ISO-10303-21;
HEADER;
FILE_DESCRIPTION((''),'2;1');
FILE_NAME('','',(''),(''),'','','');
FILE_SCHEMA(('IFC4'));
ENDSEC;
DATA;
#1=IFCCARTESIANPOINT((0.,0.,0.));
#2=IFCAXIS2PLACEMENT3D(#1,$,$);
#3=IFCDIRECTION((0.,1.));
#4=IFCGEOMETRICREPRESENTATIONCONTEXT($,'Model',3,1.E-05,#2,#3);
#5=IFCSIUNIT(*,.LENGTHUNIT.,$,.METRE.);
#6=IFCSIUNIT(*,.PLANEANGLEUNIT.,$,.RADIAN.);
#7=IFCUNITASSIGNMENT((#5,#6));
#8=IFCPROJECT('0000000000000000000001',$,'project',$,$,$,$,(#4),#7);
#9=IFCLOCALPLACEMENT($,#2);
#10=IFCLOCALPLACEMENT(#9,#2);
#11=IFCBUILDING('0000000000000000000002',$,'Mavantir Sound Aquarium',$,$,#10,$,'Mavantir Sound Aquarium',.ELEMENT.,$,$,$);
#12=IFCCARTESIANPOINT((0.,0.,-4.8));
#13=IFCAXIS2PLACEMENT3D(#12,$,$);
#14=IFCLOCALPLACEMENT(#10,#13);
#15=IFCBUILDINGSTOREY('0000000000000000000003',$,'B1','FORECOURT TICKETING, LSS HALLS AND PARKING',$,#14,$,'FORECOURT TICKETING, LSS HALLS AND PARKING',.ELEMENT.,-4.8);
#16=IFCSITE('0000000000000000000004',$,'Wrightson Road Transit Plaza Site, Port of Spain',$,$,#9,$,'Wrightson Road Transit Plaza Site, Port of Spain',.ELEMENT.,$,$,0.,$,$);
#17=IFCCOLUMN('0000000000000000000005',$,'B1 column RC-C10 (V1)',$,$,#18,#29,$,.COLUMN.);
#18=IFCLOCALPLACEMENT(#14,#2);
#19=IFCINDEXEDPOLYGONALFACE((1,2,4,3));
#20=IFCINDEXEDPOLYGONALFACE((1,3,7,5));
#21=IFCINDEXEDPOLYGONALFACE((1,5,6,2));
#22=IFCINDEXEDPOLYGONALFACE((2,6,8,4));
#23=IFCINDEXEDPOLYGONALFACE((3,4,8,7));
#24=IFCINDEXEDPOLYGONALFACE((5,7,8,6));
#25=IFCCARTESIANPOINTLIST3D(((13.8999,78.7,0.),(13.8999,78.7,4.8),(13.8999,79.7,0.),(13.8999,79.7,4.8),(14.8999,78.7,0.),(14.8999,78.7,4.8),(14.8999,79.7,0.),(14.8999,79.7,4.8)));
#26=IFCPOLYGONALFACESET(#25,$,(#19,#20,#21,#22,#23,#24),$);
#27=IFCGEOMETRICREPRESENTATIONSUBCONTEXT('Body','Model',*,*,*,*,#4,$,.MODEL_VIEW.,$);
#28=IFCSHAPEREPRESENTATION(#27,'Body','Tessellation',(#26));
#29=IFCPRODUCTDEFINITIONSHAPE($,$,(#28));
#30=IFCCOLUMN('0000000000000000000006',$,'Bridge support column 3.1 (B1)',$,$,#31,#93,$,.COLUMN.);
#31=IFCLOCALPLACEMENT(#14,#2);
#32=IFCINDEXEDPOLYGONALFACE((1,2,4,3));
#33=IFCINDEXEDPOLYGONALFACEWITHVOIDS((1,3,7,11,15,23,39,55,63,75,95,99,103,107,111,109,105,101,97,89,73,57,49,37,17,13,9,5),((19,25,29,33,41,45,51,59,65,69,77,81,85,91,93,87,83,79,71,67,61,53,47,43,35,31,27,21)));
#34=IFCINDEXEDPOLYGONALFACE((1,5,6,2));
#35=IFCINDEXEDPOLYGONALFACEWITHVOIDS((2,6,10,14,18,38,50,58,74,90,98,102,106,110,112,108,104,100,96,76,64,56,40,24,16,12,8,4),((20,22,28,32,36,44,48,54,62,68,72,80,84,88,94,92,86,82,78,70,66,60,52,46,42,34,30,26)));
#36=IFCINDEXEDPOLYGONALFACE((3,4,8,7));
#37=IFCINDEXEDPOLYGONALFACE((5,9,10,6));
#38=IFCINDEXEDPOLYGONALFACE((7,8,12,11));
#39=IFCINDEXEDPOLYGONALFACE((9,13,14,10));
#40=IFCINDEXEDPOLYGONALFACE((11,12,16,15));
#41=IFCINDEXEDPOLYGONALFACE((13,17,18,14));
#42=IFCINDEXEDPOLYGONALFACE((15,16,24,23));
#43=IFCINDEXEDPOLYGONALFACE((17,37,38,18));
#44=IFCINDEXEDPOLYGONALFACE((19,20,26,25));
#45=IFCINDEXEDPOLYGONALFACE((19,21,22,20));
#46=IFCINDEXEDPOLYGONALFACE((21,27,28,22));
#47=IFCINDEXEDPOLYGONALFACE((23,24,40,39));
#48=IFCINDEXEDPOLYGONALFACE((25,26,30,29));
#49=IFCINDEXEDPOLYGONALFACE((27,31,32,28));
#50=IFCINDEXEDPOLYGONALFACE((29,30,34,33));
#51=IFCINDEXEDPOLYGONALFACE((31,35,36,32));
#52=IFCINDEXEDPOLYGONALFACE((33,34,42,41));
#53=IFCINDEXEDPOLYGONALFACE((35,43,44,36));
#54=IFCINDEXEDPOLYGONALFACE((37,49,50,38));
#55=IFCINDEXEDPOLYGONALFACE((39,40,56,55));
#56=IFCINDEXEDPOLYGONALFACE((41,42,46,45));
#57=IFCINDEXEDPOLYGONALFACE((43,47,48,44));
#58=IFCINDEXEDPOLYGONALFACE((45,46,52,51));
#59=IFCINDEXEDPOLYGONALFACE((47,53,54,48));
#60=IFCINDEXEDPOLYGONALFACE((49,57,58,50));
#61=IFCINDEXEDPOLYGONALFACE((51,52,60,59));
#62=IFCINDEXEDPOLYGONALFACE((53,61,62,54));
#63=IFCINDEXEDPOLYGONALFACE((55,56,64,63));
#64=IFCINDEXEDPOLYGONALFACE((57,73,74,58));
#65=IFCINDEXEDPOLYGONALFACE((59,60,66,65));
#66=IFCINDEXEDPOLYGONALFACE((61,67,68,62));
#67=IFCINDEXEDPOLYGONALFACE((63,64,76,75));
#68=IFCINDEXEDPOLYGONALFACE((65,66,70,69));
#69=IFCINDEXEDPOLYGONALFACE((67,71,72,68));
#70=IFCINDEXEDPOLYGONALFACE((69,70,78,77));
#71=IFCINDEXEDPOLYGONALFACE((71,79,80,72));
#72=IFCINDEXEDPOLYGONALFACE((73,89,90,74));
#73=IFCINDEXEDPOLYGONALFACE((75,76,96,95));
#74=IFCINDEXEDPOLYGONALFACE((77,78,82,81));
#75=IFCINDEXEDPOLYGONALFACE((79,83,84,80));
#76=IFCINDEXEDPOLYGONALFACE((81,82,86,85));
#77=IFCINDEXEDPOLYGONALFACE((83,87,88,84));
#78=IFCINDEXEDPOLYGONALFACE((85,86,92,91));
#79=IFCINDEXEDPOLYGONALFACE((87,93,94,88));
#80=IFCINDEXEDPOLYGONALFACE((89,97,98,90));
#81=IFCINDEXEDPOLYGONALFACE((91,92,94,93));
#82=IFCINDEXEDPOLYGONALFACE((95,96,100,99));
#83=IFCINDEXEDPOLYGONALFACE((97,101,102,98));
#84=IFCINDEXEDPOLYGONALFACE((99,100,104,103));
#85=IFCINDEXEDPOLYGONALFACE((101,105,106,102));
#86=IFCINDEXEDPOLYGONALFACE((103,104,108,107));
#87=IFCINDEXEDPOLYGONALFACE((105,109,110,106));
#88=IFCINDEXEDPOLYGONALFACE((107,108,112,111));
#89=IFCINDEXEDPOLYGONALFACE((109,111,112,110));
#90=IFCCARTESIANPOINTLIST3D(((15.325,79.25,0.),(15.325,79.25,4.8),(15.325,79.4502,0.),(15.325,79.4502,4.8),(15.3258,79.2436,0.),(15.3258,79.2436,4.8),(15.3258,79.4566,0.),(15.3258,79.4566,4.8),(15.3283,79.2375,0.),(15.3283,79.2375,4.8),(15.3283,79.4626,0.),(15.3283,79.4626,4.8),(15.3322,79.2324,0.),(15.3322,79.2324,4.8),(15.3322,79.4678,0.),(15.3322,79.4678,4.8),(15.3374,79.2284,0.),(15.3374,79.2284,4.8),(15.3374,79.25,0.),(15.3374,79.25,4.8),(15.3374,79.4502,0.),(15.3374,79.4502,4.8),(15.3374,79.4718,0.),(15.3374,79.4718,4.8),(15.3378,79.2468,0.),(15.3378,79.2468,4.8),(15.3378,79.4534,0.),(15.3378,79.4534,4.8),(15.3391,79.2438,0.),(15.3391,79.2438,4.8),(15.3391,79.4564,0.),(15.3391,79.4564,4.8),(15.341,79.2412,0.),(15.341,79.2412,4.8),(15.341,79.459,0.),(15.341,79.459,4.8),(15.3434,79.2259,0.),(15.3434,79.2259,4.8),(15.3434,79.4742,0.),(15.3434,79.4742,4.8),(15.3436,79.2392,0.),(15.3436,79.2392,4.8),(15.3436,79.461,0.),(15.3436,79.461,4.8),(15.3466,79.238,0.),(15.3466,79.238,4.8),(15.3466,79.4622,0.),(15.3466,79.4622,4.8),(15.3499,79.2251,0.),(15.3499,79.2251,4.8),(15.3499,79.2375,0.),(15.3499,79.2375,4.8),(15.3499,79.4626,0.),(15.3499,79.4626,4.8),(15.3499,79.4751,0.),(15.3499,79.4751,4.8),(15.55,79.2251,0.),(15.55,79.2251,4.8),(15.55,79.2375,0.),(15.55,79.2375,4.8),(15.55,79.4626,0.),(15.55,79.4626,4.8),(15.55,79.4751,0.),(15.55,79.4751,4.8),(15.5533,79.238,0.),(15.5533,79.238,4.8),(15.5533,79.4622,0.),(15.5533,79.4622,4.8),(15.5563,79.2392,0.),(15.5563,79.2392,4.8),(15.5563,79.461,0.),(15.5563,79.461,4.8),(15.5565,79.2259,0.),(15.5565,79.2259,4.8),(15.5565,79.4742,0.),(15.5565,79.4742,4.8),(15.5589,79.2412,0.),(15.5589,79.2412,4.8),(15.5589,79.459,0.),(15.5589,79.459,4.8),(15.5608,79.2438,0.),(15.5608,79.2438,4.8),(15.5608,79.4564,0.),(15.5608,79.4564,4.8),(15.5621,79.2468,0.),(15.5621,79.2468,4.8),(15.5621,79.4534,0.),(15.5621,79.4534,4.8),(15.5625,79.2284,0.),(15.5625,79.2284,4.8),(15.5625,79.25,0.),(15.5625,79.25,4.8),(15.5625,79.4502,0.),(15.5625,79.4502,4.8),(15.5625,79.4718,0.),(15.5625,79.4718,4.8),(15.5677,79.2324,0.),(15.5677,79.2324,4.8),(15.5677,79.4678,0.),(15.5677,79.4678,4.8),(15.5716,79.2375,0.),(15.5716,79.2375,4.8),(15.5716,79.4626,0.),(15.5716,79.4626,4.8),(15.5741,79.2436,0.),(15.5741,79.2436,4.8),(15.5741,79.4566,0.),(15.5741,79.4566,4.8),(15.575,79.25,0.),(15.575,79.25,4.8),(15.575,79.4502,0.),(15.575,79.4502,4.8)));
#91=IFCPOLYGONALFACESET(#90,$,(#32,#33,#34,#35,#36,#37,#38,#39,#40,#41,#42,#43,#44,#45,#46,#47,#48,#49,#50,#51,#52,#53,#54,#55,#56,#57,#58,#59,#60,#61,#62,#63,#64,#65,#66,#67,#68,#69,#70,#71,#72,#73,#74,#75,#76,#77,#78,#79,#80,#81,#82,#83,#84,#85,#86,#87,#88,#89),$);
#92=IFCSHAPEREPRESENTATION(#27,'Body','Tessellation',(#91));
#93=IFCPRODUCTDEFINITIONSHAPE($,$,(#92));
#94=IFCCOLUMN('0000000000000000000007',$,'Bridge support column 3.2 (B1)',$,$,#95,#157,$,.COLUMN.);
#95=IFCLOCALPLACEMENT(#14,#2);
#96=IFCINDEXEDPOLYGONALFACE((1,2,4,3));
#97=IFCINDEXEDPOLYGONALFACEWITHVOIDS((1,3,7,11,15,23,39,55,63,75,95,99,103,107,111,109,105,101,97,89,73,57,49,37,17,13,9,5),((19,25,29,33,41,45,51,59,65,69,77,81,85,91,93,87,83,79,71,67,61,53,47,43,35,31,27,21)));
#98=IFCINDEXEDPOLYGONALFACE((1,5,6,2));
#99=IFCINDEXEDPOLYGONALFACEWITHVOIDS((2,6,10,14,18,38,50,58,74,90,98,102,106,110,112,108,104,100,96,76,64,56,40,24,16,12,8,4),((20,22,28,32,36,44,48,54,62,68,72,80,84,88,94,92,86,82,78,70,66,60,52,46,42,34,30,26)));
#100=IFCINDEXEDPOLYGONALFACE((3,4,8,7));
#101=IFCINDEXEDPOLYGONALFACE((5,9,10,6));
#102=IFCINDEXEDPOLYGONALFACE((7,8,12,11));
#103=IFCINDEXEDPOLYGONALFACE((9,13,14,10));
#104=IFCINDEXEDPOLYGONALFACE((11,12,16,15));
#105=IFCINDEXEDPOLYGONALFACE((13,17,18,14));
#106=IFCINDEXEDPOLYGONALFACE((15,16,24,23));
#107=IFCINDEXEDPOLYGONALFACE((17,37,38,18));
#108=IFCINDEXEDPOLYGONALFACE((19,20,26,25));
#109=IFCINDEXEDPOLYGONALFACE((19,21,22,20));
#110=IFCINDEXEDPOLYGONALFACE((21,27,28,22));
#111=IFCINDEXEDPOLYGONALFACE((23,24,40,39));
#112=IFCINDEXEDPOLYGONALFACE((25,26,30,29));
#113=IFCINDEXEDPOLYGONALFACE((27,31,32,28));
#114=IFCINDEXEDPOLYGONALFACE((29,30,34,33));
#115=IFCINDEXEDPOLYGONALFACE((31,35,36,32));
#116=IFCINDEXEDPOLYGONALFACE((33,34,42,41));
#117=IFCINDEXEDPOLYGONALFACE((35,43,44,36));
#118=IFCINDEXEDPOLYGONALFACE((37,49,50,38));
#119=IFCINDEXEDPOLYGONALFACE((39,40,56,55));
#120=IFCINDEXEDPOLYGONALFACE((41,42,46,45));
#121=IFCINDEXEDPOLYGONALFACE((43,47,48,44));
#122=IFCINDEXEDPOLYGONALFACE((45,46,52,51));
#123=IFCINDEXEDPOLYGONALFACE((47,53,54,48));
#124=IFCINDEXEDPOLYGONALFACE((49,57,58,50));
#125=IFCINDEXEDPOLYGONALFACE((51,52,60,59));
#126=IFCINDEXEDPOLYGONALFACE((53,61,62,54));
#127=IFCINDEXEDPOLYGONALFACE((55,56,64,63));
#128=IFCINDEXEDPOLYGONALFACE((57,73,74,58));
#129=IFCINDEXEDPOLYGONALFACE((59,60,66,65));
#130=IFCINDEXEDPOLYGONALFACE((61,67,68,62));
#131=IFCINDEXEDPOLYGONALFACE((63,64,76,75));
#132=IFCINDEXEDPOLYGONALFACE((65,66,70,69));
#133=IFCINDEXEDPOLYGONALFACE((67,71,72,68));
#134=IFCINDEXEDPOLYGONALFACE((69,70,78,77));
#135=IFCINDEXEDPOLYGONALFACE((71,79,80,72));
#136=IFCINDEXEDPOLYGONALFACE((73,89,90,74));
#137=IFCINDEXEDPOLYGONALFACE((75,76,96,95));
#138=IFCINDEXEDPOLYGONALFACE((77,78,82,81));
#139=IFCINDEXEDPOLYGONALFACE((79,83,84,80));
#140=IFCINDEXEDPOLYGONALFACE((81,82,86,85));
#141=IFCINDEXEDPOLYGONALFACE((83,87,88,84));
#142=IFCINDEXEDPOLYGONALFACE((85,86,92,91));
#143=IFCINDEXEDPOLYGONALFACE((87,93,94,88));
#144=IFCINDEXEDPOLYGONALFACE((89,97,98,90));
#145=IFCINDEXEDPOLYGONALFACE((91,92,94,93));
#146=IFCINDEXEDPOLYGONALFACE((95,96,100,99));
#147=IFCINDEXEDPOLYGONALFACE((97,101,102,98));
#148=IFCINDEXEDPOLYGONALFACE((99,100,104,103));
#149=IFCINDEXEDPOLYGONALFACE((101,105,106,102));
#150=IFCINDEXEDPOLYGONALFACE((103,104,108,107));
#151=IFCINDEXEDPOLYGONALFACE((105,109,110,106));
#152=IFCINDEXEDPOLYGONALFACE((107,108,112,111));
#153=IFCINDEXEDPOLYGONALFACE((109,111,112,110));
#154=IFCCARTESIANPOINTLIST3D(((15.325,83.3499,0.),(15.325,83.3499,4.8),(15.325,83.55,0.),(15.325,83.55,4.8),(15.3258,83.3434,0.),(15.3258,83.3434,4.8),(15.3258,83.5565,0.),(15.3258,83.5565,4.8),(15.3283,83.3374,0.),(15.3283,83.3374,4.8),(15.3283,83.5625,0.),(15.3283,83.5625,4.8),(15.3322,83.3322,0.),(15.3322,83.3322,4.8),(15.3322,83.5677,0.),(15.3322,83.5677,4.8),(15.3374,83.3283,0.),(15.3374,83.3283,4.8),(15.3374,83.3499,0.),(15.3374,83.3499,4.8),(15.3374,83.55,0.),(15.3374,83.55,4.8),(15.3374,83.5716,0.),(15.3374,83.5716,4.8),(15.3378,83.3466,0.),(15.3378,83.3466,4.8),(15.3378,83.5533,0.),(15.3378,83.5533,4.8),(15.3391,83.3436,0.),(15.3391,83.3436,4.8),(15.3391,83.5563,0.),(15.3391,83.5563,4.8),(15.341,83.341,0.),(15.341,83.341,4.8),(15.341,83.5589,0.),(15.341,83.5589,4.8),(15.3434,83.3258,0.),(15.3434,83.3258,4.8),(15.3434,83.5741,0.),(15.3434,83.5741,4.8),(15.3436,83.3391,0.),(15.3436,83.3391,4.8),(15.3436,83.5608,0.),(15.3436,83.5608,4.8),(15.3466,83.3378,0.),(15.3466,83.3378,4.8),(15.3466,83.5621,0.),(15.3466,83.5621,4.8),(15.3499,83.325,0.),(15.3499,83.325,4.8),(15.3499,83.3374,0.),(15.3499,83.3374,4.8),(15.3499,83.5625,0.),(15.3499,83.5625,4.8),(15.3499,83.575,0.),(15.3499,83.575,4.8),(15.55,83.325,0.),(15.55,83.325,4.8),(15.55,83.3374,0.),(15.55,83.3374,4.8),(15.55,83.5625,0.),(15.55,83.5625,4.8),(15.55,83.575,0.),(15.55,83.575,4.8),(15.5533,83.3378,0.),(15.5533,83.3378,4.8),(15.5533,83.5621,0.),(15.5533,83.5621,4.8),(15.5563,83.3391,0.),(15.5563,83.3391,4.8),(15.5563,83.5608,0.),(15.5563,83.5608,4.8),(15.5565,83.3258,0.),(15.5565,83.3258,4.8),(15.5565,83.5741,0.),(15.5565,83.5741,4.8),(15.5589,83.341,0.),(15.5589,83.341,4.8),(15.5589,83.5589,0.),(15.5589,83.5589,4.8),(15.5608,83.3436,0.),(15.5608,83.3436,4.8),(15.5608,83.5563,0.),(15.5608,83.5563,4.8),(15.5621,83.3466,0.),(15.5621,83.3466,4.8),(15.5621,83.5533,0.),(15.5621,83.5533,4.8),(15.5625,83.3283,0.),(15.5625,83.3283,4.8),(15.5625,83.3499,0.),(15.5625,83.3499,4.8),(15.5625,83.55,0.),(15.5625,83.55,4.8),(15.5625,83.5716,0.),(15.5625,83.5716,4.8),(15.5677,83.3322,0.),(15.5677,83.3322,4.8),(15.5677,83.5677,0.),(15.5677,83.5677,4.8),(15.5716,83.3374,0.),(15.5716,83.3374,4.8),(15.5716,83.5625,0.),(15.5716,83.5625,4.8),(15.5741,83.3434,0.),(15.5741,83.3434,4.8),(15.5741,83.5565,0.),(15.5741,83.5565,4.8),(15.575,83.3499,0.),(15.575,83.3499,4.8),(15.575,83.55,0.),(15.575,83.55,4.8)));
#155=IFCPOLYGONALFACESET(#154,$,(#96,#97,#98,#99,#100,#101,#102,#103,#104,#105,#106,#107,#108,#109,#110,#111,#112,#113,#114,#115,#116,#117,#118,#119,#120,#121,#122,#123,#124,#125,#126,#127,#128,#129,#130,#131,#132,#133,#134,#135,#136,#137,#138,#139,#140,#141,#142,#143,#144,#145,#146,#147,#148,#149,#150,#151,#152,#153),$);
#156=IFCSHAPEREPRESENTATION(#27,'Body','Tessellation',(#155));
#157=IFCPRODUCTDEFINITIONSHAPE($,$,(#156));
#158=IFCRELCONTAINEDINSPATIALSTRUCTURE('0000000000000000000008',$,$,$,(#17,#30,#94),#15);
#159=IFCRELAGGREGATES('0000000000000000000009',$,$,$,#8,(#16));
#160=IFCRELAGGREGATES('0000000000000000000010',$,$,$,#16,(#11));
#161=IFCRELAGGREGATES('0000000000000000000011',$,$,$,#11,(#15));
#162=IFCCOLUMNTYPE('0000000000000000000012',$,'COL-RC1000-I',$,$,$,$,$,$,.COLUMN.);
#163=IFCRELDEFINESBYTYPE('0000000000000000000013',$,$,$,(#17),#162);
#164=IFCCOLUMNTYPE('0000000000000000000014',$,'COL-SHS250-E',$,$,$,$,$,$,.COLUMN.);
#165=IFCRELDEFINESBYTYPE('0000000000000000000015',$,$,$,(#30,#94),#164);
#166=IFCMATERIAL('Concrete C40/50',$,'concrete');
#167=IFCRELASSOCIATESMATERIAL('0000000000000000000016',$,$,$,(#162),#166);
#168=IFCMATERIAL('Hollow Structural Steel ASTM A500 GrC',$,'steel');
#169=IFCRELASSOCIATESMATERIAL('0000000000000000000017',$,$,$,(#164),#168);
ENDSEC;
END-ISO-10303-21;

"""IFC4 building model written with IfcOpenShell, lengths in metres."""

from ifc_helpers import new_model, si_unit, direction, frame, origin, origin_2d, place, context, subcontext, project, spatial, rectangle, hollow_rectangle, extrude, material, material_profile, profile_set, type_object, element, save


model = new_model("IFC4")

# Units and contexts
model_context = context("Model", 3, precision=1e-05, world=origin(), true_north=direction((0.0, 1.0)))
body_context = subcontext(model_context, "Body", "Model", "MODEL_VIEW")
ifc_project = project(units=[si_unit("LENGTHUNIT", "METRE"), si_unit("PLANEANGLEUNIT", "RADIAN")], contexts=[model_context])

# Site, building, storey
site_placement = place(None, origin())
site = spatial("IfcSite", under=ifc_project, at=site_placement, Name="Wrightson Road Transit Plaza Site, Port of Spain", LongName="Wrightson Road Transit Plaza Site, Port of Spain", CompositionType="ELEMENT", RefElevation=0.0)
building_placement = place(site_placement, origin())
building = spatial("IfcBuilding", under=site, at=building_placement, Name="Mavantir Sound Aquarium", LongName="Mavantir Sound Aquarium", CompositionType="ELEMENT")
storey_placement = place(building_placement, frame((0.0, 0.0, -4.8)))
storey = spatial("IfcBuildingStorey", under=building, at=storey_placement, Name="B1", Description="FORECOURT TICKETING, LSS HALLS AND PARKING", LongName="FORECOURT TICKETING, LSS HALLS AND PARKING", CompositionType="ELEMENT", Elevation=-4.8)

# Columns
ifc_material_1 = material(Name="Concrete C40/50", Category="concrete")
ifc_material_profile_1 = material_profile(ifc_material_1, rectangle(XDim=1.0, YDim=1.0, at=origin_2d()), Name="RC 1000X1000")
ifc_profile_set_1 = profile_set([ifc_material_profile_1], Name="Concrete C40/50")
column_type_1 = type_object("IfcColumnType", Name="COL-RC1000-I", PredefinedType="COLUMN", material=ifc_profile_set_1)
column_placement = place(storey_placement, frame((14.3999, 79.2, 0.0), z_axis=(0.0, 0.0, 1.0), x_axis=(1.0, 0.0, 0.0)))
element("IfcColumn", 1, at=column_placement, inside=storey, type_object=column_type_1, Name="B1 column RC-C10 (V1)", PredefinedType="COLUMN", context=body_context, shape_type="SweptSolid", body=[
    extrude(rectangle(XDim=1.0, YDim=1.0, at=origin_2d()), origin(), (0.0, 0.0, 1.0), 4.8),
])
ifc_material_2 = material(Name="Hollow Structural Steel ASTM A500 GrC", Category="steel")
ifc_material_profile_2 = material_profile(ifc_material_2, hollow_rectangle(XDim=0.25, YDim=0.25, WallThickness=0.0125, InnerFilletRadius=0.0125, OuterFilletRadius=0.0249, at=origin_2d()), Name="SHS 250X250X12.5")
ifc_profile_set_2 = profile_set([ifc_material_profile_2], Name="Hollow Structural Steel ASTM A500 GrC")
column_type_2 = type_object("IfcColumnType", Name="COL-SHS250-E", PredefinedType="COLUMN", material=ifc_profile_set_2)
for number, where, z_axis, x_axis, name in (
    (2, (15.45, 79.3501, 0.0), (0.0, 0.0, 1.0), (1.0, 0.0, 0.0), "Bridge support column 3.1 (B1)"),
    (3, (15.45, 83.45, 0.0), (0.0, 0.0, 1.0), (1.0, 0.0, 0.0), "Bridge support column 3.2 (B1)"),
):
    element("IfcColumn", number, at=place(storey_placement, frame(where, z_axis=z_axis, x_axis=x_axis)), inside=storey, type_object=column_type_2, Name=name, PredefinedType="COLUMN", context=body_context, shape_type="SweptSolid", body=[
        extrude(hollow_rectangle(XDim=0.25, YDim=0.25, WallThickness=0.0125, InnerFilletRadius=0.0125, OuterFilletRadius=0.0249, at=origin_2d()), origin(), (0.0, 0.0, 1.0), 4.8),
    ])

save(model, "model.ifc")
